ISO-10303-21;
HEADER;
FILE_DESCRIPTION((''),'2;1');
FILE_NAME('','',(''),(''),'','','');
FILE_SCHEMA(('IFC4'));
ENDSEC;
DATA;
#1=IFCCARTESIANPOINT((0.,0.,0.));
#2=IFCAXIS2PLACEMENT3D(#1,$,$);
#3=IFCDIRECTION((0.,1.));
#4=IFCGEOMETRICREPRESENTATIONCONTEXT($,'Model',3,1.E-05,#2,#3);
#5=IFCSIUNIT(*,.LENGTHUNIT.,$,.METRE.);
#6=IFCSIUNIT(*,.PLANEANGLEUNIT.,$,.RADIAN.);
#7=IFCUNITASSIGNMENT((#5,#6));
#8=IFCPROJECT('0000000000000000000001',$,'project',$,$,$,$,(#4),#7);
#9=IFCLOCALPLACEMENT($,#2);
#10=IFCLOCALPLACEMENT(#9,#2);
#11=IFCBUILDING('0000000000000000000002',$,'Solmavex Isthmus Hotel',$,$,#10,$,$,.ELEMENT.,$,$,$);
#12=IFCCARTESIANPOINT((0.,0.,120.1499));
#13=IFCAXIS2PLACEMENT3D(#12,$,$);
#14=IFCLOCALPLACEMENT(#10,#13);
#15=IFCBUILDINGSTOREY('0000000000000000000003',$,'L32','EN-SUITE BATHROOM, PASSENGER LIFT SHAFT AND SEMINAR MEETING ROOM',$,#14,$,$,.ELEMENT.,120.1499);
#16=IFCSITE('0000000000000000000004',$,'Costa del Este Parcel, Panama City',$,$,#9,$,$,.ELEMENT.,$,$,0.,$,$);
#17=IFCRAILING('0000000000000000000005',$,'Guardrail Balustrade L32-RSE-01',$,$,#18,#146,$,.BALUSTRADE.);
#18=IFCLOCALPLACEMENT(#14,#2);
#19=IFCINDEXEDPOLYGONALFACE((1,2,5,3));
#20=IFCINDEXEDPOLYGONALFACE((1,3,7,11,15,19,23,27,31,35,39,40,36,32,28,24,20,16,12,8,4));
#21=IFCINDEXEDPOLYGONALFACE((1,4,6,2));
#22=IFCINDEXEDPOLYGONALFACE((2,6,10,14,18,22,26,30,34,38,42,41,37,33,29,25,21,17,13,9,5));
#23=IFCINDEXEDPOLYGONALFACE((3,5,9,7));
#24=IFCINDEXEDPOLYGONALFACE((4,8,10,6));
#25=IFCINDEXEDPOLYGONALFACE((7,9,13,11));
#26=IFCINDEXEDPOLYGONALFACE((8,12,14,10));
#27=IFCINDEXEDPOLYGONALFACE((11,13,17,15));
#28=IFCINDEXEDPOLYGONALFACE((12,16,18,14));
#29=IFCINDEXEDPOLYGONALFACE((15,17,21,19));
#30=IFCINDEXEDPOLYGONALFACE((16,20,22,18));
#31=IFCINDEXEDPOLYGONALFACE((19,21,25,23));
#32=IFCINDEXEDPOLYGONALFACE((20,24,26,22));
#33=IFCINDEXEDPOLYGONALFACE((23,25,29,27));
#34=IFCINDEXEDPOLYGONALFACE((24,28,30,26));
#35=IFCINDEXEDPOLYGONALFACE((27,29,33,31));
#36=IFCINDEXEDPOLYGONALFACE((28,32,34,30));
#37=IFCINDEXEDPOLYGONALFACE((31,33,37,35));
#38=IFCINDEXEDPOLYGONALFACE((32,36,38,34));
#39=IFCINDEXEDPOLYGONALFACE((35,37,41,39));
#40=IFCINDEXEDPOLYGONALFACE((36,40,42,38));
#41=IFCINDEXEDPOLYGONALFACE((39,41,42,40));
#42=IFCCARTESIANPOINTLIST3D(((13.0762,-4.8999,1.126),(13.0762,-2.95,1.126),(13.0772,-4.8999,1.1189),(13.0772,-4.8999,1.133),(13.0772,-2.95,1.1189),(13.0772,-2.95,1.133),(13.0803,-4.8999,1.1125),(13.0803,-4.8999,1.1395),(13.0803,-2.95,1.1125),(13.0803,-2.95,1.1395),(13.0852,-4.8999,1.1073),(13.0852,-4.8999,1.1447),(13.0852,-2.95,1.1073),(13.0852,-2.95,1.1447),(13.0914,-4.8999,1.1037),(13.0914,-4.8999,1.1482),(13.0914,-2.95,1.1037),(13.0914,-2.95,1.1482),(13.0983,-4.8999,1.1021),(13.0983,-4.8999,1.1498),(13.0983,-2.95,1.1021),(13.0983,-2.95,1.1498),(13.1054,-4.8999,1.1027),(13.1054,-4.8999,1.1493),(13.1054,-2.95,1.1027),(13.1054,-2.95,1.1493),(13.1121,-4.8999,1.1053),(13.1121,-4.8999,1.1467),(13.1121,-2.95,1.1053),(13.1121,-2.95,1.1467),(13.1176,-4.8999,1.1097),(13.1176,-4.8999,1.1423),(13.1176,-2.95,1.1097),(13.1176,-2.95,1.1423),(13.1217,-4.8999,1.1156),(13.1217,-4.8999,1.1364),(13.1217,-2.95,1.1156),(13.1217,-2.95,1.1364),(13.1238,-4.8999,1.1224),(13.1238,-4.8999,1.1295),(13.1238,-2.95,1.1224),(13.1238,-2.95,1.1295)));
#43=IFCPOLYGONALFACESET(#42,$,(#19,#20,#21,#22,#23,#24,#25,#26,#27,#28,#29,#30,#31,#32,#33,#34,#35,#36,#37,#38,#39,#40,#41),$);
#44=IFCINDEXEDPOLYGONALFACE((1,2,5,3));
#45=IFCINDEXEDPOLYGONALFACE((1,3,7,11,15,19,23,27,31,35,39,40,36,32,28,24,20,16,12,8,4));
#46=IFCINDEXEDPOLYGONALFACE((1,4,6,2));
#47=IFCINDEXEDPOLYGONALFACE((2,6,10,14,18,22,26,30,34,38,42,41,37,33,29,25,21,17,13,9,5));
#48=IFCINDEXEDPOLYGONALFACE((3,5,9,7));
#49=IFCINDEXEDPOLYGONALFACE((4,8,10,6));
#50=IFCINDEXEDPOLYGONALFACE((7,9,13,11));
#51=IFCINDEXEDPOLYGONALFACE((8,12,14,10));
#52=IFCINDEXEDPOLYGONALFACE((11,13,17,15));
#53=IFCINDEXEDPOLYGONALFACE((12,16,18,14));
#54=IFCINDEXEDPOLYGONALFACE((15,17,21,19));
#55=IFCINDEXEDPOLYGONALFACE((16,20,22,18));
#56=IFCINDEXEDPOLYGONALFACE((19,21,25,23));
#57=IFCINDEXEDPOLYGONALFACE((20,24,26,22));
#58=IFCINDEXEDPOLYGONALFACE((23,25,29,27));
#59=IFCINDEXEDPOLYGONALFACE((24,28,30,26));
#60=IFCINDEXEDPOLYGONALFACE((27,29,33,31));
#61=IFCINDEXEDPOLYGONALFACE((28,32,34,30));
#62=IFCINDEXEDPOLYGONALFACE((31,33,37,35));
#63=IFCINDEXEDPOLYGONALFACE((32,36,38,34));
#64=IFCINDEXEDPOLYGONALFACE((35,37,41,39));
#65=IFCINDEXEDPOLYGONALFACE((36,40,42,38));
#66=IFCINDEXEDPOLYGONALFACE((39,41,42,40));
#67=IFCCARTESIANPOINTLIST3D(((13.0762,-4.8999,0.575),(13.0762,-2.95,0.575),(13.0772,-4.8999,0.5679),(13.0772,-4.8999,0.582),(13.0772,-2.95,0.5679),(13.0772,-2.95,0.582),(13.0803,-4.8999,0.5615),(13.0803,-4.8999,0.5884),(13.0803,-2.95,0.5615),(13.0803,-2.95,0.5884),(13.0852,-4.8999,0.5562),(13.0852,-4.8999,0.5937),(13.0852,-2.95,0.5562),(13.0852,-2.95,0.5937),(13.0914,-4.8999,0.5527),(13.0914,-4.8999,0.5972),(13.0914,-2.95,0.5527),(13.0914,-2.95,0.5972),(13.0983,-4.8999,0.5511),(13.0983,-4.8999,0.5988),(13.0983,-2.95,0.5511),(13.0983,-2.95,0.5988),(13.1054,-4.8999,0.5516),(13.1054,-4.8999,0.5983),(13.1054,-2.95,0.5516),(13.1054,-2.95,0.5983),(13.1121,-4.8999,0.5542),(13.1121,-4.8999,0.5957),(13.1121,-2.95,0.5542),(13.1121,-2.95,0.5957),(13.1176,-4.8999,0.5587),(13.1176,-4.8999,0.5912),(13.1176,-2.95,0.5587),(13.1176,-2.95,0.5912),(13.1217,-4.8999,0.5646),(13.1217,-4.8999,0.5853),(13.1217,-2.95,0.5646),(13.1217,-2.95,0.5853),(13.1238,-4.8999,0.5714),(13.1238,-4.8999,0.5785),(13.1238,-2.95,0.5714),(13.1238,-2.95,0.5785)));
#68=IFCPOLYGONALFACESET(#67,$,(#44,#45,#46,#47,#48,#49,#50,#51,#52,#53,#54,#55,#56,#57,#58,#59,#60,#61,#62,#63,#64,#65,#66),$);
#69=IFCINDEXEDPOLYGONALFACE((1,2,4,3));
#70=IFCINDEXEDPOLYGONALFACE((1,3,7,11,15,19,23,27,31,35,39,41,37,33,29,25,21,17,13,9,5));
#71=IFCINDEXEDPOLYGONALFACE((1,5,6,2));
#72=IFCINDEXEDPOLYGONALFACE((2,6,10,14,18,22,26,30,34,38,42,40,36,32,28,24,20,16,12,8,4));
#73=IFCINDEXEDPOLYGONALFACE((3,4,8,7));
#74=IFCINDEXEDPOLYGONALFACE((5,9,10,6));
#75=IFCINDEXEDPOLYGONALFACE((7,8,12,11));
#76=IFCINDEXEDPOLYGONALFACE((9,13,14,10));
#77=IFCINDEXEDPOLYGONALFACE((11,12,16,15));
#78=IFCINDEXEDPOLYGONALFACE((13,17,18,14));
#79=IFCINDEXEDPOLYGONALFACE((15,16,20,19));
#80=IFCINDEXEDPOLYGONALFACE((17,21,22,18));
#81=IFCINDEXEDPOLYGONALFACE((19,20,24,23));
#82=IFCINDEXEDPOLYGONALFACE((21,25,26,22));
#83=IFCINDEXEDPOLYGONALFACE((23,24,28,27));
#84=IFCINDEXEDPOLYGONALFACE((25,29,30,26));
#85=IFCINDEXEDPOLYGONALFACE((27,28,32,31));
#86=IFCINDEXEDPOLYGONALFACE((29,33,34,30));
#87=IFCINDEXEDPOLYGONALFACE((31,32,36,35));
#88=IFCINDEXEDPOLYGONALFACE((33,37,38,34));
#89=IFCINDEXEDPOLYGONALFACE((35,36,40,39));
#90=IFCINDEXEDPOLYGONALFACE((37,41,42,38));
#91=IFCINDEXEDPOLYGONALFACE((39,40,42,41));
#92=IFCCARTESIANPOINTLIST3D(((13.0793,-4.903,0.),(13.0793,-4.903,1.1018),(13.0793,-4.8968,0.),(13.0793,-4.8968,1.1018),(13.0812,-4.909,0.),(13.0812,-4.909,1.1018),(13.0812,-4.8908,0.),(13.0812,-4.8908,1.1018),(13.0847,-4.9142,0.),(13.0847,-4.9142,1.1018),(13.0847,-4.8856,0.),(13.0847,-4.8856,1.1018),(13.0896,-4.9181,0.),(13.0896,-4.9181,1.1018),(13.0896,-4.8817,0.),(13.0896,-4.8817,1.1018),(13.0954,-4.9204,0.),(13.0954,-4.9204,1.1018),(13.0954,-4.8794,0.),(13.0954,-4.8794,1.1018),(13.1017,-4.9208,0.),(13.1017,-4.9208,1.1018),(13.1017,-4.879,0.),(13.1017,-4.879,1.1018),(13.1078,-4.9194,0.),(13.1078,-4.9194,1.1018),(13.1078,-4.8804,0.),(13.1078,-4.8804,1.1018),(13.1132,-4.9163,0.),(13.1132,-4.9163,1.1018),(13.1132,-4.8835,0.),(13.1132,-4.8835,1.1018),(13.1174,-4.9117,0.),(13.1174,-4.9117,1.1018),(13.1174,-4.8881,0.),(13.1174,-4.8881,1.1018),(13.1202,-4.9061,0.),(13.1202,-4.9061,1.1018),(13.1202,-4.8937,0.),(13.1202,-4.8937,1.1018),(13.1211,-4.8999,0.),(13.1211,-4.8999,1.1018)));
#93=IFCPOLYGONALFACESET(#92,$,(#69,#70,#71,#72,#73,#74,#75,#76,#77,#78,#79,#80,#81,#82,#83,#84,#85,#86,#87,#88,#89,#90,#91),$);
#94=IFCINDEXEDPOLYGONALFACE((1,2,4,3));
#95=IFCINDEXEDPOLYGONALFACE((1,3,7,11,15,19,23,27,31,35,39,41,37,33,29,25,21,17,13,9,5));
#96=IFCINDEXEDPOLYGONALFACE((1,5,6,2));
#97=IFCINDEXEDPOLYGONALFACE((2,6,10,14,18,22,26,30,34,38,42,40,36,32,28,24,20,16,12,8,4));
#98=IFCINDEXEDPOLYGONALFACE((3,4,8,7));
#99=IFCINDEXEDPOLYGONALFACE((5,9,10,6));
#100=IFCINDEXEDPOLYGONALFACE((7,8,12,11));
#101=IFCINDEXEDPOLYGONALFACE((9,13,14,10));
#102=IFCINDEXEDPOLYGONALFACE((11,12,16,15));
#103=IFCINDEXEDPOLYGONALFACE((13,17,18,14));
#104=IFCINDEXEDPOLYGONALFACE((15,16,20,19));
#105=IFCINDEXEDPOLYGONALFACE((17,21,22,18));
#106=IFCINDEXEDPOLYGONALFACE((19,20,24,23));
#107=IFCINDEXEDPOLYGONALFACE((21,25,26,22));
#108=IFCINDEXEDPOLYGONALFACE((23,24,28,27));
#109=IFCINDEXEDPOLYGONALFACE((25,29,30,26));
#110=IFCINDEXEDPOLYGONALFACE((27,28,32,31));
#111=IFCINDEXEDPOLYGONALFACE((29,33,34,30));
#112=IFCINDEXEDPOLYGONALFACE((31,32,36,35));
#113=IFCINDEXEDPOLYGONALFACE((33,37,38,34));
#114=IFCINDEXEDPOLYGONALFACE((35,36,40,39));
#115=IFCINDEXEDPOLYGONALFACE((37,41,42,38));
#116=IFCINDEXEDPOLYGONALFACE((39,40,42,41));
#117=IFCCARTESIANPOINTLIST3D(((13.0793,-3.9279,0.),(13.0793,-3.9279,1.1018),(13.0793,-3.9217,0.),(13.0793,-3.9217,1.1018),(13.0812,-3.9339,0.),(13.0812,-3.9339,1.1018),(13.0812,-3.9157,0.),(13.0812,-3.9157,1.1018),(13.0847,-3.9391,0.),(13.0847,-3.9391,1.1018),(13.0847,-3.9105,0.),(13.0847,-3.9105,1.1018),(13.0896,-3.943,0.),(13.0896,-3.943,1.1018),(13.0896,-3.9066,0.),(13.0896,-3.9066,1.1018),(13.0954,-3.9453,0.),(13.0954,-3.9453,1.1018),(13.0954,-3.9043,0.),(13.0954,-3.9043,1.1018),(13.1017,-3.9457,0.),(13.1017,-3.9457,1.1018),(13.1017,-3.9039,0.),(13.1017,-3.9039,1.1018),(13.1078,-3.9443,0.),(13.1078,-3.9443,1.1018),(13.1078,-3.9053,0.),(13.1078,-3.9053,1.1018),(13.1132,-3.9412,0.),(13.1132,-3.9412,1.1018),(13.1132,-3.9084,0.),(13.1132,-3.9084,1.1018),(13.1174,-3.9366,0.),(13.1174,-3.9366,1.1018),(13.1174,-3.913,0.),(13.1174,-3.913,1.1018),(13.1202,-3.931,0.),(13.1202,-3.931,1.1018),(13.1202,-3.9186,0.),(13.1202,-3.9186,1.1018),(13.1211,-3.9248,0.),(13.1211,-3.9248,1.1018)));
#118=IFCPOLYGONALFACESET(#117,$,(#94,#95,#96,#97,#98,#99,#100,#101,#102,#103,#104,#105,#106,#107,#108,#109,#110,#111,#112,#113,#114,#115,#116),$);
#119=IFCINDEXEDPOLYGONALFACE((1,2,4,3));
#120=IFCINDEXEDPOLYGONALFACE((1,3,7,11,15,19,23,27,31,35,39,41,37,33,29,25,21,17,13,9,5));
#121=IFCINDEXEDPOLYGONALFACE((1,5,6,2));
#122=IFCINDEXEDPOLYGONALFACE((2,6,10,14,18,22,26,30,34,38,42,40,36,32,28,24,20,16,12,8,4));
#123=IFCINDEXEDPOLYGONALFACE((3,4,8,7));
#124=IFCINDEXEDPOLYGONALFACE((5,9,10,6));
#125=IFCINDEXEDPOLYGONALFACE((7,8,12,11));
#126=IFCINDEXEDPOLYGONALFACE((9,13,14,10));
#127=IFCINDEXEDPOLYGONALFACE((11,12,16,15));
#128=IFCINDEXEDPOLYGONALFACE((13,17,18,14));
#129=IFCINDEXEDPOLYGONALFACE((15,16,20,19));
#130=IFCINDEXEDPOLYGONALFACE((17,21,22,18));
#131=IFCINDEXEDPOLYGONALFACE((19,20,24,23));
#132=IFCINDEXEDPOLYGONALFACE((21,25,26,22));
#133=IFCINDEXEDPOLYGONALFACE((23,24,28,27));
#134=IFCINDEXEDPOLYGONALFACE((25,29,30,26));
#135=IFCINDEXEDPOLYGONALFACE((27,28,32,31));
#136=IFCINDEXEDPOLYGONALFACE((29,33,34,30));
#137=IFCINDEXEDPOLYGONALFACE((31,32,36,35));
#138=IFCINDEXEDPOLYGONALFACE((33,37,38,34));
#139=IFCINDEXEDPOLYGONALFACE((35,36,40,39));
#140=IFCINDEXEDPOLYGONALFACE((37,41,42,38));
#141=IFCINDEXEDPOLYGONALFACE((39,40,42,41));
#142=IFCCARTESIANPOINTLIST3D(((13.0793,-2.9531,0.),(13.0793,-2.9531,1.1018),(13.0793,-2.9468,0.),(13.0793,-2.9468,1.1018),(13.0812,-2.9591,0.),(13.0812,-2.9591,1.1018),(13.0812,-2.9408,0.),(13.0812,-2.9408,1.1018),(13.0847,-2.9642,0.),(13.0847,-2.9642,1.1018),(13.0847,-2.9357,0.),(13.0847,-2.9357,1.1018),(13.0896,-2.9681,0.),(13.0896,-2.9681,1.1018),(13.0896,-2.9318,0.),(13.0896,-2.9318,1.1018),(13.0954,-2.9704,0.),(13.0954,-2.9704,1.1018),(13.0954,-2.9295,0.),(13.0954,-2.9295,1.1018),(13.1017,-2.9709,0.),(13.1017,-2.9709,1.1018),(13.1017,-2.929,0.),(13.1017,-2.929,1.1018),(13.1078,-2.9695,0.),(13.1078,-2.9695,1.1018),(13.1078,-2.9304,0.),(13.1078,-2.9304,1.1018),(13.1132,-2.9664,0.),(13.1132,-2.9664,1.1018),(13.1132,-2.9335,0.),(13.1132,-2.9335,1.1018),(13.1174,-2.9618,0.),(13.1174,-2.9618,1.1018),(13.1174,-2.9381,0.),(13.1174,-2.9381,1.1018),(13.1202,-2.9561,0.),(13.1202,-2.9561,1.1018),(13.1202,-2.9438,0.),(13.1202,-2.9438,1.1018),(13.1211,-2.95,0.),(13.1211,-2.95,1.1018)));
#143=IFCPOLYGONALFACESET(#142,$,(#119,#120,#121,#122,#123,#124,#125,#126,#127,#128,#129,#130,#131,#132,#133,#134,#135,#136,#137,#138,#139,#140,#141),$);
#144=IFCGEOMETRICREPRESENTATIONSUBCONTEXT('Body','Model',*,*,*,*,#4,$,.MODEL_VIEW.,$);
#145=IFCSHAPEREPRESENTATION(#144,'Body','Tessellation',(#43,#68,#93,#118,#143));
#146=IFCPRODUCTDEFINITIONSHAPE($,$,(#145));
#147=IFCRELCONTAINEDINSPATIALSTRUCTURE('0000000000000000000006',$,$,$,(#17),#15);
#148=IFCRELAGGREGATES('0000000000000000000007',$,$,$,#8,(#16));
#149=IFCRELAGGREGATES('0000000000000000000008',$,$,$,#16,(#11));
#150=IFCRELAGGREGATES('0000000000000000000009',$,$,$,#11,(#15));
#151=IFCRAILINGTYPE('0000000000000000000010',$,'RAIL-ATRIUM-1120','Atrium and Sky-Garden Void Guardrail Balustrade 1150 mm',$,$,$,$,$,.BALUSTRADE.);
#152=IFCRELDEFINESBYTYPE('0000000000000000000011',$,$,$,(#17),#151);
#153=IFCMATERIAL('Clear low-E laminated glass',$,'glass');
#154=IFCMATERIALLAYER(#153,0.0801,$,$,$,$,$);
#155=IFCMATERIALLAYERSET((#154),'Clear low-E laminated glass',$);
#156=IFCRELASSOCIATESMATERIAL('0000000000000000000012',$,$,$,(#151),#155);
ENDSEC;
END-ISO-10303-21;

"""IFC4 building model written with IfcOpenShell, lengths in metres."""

from ifc_helpers import new_model, si_unit, direction, frame, origin, origin_2d, place, context, subcontext, project, spatial, circle, extrude, material, layer, layer_set, type_object, element, save


model = new_model("IFC4")

# Units and contexts
model_context = context("Model", 3, precision=1e-05, world=origin(), true_north=direction((0.0, 1.0)))
body_context = subcontext(model_context, "Body", "Model", "MODEL_VIEW")
ifc_project = project(units=[si_unit("LENGTHUNIT", "METRE"), si_unit("PLANEANGLEUNIT", "RADIAN")], contexts=[model_context])

# Site, building, storey
site_placement = place(None, origin())
site = spatial("IfcSite", under=ifc_project, at=site_placement, Name="Costa del Este Parcel, Panama City", CompositionType="ELEMENT", RefElevation=0.0)
building_placement = place(site_placement, origin())
building = spatial("IfcBuilding", under=site, at=building_placement, Name="Solmavex Isthmus Hotel", CompositionType="ELEMENT")
storey_placement = place(building_placement, frame((0.0, 0.0, 120.1499)))
storey = spatial("IfcBuildingStorey", under=building, at=storey_placement, Name="L32", Description="EN-SUITE BATHROOM, PASSENGER LIFT SHAFT AND SEMINAR MEETING ROOM", CompositionType="ELEMENT", Elevation=120.1499)

# Railing
ifc_material_1 = material(Name="Clear low-E laminated glass", Category="glass")
ifc_layer_1 = layer(ifc_material_1, 0.0801)
ifc_layer_set_1 = layer_set([ifc_layer_1], Name="Clear low-E laminated glass")
railing_type_1 = type_object("IfcRailingType", Name="RAIL-ATRIUM-1120", Description="Atrium and Sky-Garden Void Guardrail Balustrade 1150 mm", PredefinedType="BALUSTRADE", material=ifc_layer_set_1)
railing_1_placement = place(storey_placement, frame((13.1001, -4.8999, 0.0)))
element("IfcRailing", 1, at=railing_1_placement, inside=storey, type_object=railing_type_1, Name="Guardrail Balustrade L32-RSE-01", PredefinedType="BALUSTRADE", context=body_context, shape_type="SweptSolid", body=[
    extrude(circle(Radius=0.0239, at=origin_2d()), frame((0.0, 0.0, 1.126), z_axis=(0.0, 1.0, 0.0), x_axis=(-1.0, 0.0, 0.0)), (0.0, 0.0, 1.0), 1.95),
    extrude(circle(Radius=0.0239, at=origin_2d()), frame((0.0, 0.0, 0.575), z_axis=(0.0, 1.0, 0.0), x_axis=(-1.0, 0.0, 0.0)), (0.0, 0.0, 1.0), 1.95),
    extrude(circle(Radius=0.021, at=origin_2d()), origin(), (0.0, 0.0, 1.0), 1.1018),
    extrude(circle(Radius=0.021, at=origin_2d()), frame((0.0, 0.9751, 0.0)), (0.0, 0.0, 1.0), 1.1018),
    extrude(circle(Radius=0.021, at=origin_2d()), frame((0.0, 1.95, 0.0)), (0.0, 0.0, 1.0), 1.1018),
])

save(model, "model.ifc")
